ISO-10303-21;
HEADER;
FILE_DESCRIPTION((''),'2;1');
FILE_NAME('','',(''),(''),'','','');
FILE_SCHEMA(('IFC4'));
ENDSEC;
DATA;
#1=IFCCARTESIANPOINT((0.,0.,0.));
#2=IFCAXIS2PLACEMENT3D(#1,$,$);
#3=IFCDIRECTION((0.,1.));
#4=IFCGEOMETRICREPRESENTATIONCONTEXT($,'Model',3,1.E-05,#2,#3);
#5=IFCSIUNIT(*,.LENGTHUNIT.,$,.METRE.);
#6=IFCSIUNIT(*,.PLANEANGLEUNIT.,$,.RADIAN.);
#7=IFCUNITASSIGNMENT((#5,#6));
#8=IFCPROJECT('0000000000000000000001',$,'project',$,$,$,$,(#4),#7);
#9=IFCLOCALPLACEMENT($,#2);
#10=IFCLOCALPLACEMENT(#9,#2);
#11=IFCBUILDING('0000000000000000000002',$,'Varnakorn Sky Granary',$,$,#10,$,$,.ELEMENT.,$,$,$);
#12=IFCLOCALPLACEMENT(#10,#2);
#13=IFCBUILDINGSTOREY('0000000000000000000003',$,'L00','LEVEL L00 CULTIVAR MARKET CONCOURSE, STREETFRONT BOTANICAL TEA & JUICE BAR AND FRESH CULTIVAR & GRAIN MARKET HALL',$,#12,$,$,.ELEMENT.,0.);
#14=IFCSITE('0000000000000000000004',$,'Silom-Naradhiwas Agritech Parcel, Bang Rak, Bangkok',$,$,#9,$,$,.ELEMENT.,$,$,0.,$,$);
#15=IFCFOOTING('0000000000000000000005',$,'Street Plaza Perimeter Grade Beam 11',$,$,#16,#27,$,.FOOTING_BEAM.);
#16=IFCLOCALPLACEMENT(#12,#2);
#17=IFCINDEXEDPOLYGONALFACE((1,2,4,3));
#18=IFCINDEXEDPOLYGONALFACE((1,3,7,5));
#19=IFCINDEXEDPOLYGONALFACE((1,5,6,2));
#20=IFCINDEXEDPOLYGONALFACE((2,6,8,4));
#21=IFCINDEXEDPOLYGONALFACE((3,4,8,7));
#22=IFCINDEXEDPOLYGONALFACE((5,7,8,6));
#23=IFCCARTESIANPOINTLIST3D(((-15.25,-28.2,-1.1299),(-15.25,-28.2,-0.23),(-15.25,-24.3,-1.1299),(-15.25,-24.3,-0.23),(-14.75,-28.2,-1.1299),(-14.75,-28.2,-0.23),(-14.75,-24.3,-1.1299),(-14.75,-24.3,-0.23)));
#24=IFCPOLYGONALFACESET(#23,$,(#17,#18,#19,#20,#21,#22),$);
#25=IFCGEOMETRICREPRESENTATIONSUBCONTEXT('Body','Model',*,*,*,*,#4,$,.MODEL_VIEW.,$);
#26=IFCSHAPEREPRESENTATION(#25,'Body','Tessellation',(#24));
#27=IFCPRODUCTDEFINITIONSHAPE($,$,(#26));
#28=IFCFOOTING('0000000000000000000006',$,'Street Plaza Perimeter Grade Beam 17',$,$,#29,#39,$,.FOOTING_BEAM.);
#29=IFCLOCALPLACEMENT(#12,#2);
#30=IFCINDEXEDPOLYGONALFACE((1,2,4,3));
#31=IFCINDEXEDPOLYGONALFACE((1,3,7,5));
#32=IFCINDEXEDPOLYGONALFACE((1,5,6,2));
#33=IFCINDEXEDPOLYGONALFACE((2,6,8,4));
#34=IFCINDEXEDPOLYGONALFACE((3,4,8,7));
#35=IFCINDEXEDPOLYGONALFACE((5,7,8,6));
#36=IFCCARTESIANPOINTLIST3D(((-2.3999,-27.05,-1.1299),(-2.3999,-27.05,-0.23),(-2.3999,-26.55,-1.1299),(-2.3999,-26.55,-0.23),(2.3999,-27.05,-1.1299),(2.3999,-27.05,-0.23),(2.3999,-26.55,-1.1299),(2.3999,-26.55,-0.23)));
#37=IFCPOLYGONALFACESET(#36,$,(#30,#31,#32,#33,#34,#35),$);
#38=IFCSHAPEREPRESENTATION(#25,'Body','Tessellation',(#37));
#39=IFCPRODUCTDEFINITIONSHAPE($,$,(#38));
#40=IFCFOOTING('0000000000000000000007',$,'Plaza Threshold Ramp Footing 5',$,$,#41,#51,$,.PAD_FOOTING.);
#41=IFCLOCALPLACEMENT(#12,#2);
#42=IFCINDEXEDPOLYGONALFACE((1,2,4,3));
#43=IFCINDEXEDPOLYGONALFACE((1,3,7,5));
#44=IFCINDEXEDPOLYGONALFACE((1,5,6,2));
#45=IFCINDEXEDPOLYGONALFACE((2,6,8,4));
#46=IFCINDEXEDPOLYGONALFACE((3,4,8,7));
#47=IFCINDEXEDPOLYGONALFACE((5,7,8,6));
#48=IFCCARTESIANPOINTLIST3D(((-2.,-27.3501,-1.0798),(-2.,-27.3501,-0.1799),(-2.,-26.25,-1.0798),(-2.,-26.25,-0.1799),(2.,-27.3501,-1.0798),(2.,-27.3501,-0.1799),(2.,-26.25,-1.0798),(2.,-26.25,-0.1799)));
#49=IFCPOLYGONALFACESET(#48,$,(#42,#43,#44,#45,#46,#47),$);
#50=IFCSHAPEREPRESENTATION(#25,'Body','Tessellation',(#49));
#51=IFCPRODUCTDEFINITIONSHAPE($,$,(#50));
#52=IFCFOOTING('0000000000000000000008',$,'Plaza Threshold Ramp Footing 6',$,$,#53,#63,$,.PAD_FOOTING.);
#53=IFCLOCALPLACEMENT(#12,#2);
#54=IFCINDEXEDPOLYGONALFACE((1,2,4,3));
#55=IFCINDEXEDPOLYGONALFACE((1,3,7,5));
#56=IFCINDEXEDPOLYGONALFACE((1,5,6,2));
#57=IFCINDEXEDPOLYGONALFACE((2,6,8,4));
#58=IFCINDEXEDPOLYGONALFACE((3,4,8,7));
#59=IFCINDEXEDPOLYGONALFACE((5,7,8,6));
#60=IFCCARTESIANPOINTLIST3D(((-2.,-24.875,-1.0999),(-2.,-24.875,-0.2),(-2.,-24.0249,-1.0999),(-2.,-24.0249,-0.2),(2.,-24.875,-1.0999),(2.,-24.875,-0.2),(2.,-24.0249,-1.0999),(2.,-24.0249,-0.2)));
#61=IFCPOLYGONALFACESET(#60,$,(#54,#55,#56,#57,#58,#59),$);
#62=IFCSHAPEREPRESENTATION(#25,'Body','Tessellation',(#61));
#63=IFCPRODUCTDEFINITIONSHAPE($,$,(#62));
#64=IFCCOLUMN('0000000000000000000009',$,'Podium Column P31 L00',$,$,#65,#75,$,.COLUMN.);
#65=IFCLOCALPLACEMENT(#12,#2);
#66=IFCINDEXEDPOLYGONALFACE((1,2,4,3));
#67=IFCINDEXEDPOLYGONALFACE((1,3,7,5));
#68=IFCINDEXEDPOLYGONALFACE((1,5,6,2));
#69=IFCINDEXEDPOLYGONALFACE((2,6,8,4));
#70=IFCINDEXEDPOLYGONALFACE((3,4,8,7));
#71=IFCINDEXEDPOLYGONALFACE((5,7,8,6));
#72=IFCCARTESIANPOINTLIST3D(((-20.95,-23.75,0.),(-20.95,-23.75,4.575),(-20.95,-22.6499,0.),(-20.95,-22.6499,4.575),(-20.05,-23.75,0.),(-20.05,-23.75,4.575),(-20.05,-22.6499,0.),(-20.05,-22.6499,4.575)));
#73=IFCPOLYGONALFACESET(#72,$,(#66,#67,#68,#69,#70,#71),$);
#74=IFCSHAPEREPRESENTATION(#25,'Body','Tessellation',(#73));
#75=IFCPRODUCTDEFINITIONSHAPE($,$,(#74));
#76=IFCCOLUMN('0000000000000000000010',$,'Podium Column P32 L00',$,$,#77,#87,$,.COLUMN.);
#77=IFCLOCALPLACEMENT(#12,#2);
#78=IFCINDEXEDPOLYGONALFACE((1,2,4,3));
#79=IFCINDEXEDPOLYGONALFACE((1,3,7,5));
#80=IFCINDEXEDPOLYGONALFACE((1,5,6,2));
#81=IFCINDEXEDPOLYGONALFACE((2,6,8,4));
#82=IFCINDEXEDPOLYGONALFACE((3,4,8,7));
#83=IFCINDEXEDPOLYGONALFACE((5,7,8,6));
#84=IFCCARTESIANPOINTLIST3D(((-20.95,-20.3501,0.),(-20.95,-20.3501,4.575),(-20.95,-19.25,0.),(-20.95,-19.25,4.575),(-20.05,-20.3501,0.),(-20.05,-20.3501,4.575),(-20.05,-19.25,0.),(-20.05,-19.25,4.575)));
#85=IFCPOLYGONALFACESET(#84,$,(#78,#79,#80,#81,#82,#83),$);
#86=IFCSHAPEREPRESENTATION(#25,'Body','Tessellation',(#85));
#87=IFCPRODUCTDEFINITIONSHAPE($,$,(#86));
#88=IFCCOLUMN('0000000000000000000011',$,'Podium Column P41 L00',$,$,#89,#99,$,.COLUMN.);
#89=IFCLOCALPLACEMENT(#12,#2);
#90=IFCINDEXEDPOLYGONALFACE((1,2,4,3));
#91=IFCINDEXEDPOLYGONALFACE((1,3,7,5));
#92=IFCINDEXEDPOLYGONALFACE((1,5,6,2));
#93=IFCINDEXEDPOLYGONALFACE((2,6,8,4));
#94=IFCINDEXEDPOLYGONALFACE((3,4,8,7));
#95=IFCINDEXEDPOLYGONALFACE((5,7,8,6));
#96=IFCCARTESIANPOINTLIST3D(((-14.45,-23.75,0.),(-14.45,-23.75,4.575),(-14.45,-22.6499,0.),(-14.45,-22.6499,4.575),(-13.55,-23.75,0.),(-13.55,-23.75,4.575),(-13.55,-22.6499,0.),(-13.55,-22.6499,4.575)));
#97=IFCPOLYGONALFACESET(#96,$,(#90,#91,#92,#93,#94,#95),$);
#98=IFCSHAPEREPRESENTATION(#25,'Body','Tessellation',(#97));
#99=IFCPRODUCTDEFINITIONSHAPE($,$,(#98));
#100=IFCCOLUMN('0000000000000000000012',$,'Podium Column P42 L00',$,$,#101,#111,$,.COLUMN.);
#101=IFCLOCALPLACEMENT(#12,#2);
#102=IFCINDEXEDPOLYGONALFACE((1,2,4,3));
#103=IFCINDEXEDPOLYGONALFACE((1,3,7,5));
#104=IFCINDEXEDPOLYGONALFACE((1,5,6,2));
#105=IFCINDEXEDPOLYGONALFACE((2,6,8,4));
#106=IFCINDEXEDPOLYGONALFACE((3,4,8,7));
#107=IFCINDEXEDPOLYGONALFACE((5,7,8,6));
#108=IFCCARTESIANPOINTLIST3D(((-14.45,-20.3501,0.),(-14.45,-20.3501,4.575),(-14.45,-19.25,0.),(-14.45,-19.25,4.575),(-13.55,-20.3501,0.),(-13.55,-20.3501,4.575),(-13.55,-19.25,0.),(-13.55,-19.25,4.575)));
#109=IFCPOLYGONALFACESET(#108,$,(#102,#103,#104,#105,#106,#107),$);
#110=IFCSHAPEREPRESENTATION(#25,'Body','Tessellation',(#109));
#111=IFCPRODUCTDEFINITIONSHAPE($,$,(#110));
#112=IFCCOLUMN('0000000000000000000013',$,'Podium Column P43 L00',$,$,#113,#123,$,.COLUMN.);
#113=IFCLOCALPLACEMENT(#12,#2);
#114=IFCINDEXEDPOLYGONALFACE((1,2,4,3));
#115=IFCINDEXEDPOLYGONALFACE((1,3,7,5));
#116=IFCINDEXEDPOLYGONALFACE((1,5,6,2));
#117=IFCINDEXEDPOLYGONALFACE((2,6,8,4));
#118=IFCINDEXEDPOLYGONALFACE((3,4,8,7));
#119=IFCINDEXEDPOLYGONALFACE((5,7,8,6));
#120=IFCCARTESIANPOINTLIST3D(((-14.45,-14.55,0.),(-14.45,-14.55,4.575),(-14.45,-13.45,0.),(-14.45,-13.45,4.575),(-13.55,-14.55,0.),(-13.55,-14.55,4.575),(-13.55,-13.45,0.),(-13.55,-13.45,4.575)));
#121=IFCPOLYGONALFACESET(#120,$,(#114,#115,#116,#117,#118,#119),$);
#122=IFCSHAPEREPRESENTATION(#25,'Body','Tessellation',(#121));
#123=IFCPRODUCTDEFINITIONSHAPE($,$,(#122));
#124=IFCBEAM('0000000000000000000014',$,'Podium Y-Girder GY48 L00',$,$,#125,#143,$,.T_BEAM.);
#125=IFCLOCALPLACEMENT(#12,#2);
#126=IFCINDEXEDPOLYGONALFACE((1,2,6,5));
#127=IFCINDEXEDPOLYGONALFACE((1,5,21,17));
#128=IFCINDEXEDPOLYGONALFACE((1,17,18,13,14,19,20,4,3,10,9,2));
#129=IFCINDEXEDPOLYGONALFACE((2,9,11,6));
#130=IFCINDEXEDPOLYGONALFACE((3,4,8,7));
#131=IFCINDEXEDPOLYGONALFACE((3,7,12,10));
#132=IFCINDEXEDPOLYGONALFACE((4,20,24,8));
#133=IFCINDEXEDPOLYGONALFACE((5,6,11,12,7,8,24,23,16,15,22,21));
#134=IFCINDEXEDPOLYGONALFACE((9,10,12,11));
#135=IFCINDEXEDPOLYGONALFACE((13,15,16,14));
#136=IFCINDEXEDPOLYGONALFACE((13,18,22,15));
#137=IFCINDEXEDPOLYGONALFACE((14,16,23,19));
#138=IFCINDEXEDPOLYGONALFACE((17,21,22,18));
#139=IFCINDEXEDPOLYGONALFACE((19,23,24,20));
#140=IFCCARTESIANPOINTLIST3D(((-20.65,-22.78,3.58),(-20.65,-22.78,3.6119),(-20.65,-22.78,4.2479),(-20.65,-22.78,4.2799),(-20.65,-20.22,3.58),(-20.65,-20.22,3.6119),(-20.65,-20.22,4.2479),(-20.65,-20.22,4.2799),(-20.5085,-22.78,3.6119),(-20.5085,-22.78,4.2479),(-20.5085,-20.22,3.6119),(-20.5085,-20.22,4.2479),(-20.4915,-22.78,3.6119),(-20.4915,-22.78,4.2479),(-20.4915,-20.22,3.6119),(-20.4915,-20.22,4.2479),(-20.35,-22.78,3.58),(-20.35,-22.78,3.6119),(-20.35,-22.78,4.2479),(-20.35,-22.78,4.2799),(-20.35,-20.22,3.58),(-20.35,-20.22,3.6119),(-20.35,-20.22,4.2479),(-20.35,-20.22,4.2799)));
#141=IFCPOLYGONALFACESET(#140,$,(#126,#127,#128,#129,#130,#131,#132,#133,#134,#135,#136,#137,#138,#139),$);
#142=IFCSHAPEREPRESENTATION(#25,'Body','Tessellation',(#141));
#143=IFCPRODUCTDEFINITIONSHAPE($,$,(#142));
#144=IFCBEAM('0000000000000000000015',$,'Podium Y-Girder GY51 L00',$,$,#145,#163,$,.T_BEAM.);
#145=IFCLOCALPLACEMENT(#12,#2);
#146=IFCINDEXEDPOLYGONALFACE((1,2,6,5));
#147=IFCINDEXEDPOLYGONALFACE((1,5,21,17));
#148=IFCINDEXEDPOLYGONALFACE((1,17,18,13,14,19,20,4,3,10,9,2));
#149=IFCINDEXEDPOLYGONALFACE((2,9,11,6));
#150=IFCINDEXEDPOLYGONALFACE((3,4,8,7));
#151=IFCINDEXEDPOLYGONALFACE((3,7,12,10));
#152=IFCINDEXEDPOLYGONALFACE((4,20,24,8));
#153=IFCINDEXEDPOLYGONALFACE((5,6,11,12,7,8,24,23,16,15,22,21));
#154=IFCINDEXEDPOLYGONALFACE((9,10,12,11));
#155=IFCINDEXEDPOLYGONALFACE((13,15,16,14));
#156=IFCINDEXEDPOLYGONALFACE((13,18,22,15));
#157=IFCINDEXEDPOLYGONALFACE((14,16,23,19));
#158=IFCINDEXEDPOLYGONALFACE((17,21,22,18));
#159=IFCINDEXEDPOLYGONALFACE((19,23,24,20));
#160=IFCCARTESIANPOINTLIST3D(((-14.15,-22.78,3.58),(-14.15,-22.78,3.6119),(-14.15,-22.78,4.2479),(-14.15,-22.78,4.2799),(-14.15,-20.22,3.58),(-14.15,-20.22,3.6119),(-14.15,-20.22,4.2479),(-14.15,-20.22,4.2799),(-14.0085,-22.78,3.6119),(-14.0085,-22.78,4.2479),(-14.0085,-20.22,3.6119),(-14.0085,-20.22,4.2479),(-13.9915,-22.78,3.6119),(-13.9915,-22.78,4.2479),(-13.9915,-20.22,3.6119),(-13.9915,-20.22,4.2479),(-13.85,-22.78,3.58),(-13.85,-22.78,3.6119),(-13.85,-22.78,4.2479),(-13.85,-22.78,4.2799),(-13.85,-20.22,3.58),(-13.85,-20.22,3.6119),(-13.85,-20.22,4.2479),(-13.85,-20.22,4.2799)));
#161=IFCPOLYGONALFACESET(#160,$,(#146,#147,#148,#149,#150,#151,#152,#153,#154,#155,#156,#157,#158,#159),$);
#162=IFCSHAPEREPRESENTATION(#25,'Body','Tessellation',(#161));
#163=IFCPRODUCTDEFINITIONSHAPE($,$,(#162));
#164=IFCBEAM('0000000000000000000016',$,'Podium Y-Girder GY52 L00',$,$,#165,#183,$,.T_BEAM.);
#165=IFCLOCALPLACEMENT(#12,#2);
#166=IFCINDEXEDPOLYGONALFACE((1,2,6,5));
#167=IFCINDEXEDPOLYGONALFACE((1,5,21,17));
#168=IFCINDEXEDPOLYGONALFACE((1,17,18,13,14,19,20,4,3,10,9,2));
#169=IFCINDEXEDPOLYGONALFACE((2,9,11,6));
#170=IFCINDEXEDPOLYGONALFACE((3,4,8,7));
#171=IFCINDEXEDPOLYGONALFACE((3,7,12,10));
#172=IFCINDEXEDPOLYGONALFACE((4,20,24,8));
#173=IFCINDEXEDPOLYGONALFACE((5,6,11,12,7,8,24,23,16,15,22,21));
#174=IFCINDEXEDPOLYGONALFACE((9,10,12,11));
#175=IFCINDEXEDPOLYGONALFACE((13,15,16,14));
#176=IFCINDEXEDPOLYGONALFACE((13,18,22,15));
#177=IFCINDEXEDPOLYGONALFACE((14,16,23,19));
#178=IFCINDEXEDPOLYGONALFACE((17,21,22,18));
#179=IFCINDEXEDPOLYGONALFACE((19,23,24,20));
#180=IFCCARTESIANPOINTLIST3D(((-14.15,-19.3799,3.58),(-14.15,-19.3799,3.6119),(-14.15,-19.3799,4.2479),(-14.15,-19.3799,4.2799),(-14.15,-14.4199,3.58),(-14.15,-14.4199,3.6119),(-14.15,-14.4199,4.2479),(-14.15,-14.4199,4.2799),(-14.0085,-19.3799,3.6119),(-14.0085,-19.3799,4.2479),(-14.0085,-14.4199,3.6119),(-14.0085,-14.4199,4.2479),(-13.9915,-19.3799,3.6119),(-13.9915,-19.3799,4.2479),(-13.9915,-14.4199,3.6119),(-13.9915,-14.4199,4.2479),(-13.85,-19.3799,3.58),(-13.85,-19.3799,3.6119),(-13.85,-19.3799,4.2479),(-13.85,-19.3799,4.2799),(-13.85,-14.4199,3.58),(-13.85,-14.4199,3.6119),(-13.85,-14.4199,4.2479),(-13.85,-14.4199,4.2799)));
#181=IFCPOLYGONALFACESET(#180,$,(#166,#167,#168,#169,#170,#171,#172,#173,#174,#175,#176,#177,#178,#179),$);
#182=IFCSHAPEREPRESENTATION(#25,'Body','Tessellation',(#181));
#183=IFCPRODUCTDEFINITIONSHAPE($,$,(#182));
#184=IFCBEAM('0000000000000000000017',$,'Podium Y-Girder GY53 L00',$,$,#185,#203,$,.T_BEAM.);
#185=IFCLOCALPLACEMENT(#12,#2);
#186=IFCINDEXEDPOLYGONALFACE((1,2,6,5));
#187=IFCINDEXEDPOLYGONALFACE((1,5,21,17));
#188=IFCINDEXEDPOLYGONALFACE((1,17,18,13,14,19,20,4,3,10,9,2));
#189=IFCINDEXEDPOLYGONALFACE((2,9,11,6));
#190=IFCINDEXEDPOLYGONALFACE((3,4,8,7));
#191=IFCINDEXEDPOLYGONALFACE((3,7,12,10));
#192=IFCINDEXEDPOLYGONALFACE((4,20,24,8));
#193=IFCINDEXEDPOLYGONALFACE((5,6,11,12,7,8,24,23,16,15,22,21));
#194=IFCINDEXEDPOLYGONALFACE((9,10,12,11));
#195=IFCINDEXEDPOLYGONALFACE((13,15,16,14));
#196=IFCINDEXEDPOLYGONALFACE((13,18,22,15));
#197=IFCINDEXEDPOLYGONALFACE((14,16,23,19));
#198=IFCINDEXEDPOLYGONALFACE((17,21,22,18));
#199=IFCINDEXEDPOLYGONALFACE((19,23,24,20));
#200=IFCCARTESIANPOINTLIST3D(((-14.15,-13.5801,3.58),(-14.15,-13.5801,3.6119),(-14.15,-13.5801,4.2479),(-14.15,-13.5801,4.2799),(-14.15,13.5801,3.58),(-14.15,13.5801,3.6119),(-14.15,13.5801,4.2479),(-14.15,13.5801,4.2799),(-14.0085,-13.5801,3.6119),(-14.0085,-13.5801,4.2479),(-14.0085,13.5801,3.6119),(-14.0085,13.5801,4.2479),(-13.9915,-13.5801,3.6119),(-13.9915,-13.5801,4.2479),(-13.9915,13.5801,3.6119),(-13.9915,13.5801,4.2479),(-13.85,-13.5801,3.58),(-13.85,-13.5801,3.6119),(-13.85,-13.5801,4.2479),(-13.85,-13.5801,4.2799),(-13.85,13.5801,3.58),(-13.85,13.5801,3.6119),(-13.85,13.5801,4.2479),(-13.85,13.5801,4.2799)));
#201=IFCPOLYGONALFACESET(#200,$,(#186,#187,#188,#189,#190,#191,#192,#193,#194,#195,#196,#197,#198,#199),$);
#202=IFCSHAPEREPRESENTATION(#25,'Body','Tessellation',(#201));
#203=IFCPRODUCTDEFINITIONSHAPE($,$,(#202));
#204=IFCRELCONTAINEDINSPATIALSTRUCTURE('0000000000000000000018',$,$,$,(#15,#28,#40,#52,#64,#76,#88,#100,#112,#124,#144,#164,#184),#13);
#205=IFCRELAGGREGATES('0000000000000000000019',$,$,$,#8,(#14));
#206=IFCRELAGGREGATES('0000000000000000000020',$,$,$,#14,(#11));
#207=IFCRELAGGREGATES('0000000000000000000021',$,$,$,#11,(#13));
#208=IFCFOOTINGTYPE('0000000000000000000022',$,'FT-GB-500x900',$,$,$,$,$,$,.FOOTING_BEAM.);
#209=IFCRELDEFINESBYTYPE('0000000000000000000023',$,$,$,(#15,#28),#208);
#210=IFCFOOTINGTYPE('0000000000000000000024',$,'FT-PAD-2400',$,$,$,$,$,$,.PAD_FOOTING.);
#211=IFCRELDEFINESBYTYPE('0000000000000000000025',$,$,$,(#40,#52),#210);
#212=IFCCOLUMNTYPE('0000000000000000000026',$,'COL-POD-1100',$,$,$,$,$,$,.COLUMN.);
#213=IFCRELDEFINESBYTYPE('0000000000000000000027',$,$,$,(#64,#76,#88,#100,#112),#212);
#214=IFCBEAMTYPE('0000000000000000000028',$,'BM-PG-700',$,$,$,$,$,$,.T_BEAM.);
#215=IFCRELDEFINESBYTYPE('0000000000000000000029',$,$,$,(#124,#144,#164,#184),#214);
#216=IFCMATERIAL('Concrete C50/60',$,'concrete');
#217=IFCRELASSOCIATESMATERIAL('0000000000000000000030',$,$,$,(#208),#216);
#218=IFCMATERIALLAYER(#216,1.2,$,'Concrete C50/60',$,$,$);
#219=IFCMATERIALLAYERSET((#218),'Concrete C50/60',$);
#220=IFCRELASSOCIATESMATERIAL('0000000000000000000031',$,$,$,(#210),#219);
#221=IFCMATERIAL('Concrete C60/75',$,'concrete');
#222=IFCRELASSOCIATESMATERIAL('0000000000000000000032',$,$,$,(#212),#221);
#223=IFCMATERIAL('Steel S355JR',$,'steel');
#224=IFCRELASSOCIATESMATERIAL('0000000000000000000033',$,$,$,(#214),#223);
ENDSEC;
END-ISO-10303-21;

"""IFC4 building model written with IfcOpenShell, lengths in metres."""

from ifc_helpers import new_model, si_unit, direction, frame, origin, origin_2d, place, context, subcontext, project, spatial, rectangle, i_section, extrude, material, layer, layer_set, material_profile, profile_set, type_object, element, save


model = new_model("IFC4")

# Units and contexts
model_context = context("Model", 3, precision=1e-05, world=origin(), true_north=direction((0.0, 1.0)))
body_context = subcontext(model_context, "Body", "Model", "MODEL_VIEW")
ifc_project = project(units=[si_unit("LENGTHUNIT", "METRE"), si_unit("PLANEANGLEUNIT", "RADIAN")], contexts=[model_context])

# Site, building, storey
site_placement = place(None, origin())
site = spatial("IfcSite", under=ifc_project, at=site_placement, Name="Silom-Naradhiwas Agritech Parcel, Bang Rak, Bangkok", CompositionType="ELEMENT", RefElevation=0.0)
building_placement = place(site_placement, origin())
building = spatial("IfcBuilding", under=site, at=building_placement, Name="Varnakorn Sky Granary", CompositionType="ELEMENT")
storey_placement = place(building_placement, origin())
storey = spatial("IfcBuildingStorey", under=building, at=storey_placement, Name="L00", Description="LEVEL L00 CULTIVAR MARKET CONCOURSE, STREETFRONT BOTANICAL TEA & JUICE BAR AND FRESH CULTIVAR & GRAIN MARKET HALL", CompositionType="ELEMENT", Elevation=0.0)

# Footings
ifc_material_1 = material(Name="Concrete C50/60", Category="concrete")
ifc_material_profile_1 = material_profile(ifc_material_1, rectangle(XDim=0.5, YDim=0.8999, at=origin_2d()), Name="RC 500x900")
ifc_profile_set_1 = profile_set([ifc_material_profile_1], Name="Concrete C50/60")
footing_type_1 = type_object("IfcFootingType", Name="FT-GB-500x900", PredefinedType="FOOTING_BEAM", material=ifc_profile_set_1)
footing_1_placement = place(storey_placement, frame((-15.0, -28.2, -0.6799), z_axis=(0.0, 1.0, 0.0), x_axis=(-1.0, 0.0, 0.0)))
element("IfcFooting", 1, at=footing_1_placement, inside=storey, type_object=footing_type_1, Name="Street Plaza Perimeter Grade Beam 11", PredefinedType="FOOTING_BEAM", context=body_context, shape_type="SweptSolid", body=[
    extrude(rectangle(XDim=0.5, YDim=0.8999, at=origin_2d()), origin(), (0.0, 0.0, 1.0), 3.8999),
])
footing_2_placement = place(storey_placement, frame((-2.3999, -26.8, -0.6799), z_axis=(1.0, 0.0, 0.0), x_axis=(0.0, 1.0, 0.0)))
element("IfcFooting", 2, at=footing_2_placement, inside=storey, type_object=footing_type_1, Name="Street Plaza Perimeter Grade Beam 17", PredefinedType="FOOTING_BEAM", context=body_context, shape_type="SweptSolid", body=[
    extrude(rectangle(XDim=0.5, YDim=0.8999, at=origin_2d()), origin(), (0.0, 0.0, 1.0), 4.7998),
])
ifc_layer_1 = layer(ifc_material_1, 1.2, Name="Concrete C50/60")
ifc_layer_set_1 = layer_set([ifc_layer_1], Name="Concrete C50/60")
footing_type_2 = type_object("IfcFootingType", Name="FT-PAD-2400", PredefinedType="PAD_FOOTING", material=ifc_layer_set_1)
footing_3_placement = place(storey_placement, frame((0.0, -26.8, -1.0798), z_axis=(0.0, 0.0, 1.0), x_axis=(1.0, 0.0, 0.0)))
element("IfcFooting", 3, at=footing_3_placement, inside=storey, type_object=footing_type_2, Name="Plaza Threshold Ramp Footing 5", PredefinedType="PAD_FOOTING", context=body_context, shape_type="SweptSolid", body=[
    extrude(rectangle(XDim=4.0, YDim=1.1001, at=origin_2d()), origin(), (0.0, 0.0, 1.0), 0.8999),
])
footing_4_placement = place(storey_placement, frame((0.0, -24.45, -1.0999), z_axis=(0.0, 0.0, 1.0), x_axis=(1.0, 0.0, 0.0)))
element("IfcFooting", 4, at=footing_4_placement, inside=storey, type_object=footing_type_2, Name="Plaza Threshold Ramp Footing 6", PredefinedType="PAD_FOOTING", context=body_context, shape_type="SweptSolid", body=[
    extrude(rectangle(XDim=4.0, YDim=0.8501, at=origin_2d()), origin(), (0.0, 0.0, 1.0), 0.8999),
])

# Columns
ifc_material_2 = material(Name="Concrete C60/75", Category="concrete")
ifc_material_profile_2 = material_profile(ifc_material_2, rectangle(XDim=0.8999, YDim=1.1001, at=origin_2d()), Name="RC 900x1100")
ifc_profile_set_2 = profile_set([ifc_material_profile_2], Name="Concrete C60/75")
column_type = type_object("IfcColumnType", Name="COL-POD-1100", PredefinedType="COLUMN", material=ifc_profile_set_2)
for number, where, z_axis, x_axis, name in (
    (5, (-20.5, -23.2, 0.0), (0.0, 0.0, 1.0), (1.0, 0.0, 0.0), "Podium Column P31 L00"),
    (6, (-20.5, -19.8, 0.0), (0.0, 0.0, 1.0), (1.0, 0.0, 0.0), "Podium Column P32 L00"),
    (7, (-14.0, -23.2, 0.0), (0.0, 0.0, 1.0), (1.0, 0.0, 0.0), "Podium Column P41 L00"),
    (8, (-14.0, -19.8, 0.0), (0.0, 0.0, 1.0), (1.0, 0.0, 0.0), "Podium Column P42 L00"),
    (9, (-14.0, -14.0, 0.0), (0.0, 0.0, 1.0), (1.0, 0.0, 0.0), "Podium Column P43 L00"),
):
    element("IfcColumn", number, at=place(storey_placement, frame(where, z_axis=z_axis, x_axis=x_axis)), inside=storey, type_object=column_type, Name=name, PredefinedType="COLUMN", context=body_context, shape_type="SweptSolid", body=[
        extrude(rectangle(XDim=0.8999, YDim=1.1001, at=origin_2d()), origin(), (0.0, 0.0, 1.0), 4.575),
    ])

# Beams
ifc_material_3 = material(Name="Steel S355JR", Category="steel")
ifc_material_profile_3 = material_profile(ifc_material_3, i_section(OverallWidth=0.3, OverallDepth=0.7, WebThickness=0.0171, FlangeThickness=0.032, at=origin_2d()), Name="HE 700 B")
ifc_profile_set_3 = profile_set([ifc_material_profile_3], Name="Steel S355JR")
beam_type_1 = type_object("IfcBeamType", Name="BM-PG-700", PredefinedType="T_BEAM", material=ifc_profile_set_3)
for number, where, z_axis, x_axis, name in (
    (10, (-20.5, -22.78, 3.9299), (0.0, 1.0, 0.0), (-1.0, 0.0, 0.0), "Podium Y-Girder GY48 L00"),
    (11, (-14.0, -22.78, 3.9299), (0.0, 1.0, 0.0), (-1.0, 0.0, 0.0), "Podium Y-Girder GY51 L00"),
):
    element("IfcBeam", number, at=place(storey_placement, frame(where, z_axis=z_axis, x_axis=x_axis)), inside=storey, type_object=beam_type_1, Name=name, PredefinedType="T_BEAM", context=body_context, shape_type="SweptSolid", body=[
        extrude(i_section(OverallWidth=0.3, OverallDepth=0.7, WebThickness=0.0171, FlangeThickness=0.032, at=origin_2d()), origin(), (0.0, 0.0, 1.0), 2.5601),
    ])
beam_1_placement = place(storey_placement, frame((-14.0, -19.3799, 3.9299), z_axis=(0.0, 1.0, 0.0), x_axis=(-1.0, 0.0, 0.0)))
element("IfcBeam", 12, at=beam_1_placement, inside=storey, type_object=beam_type_1, Name="Podium Y-Girder GY52 L00", PredefinedType="T_BEAM", context=body_context, shape_type="SweptSolid", body=[
    extrude(i_section(OverallWidth=0.3, OverallDepth=0.7, WebThickness=0.0171, FlangeThickness=0.032, at=origin_2d()), origin(), (0.0, 0.0, 1.0), 4.96),
])
beam_2_placement = place(storey_placement, frame((-14.0, -13.5801, 3.9299), z_axis=(0.0, 1.0, 0.0), x_axis=(-1.0, 0.0, 0.0)))
element("IfcBeam", 13, at=beam_2_placement, inside=storey, type_object=beam_type_1, Name="Podium Y-Girder GY53 L00", PredefinedType="T_BEAM", context=body_context, shape_type="SweptSolid", body=[
    extrude(i_section(OverallWidth=0.3, OverallDepth=0.7, WebThickness=0.0171, FlangeThickness=0.032, at=origin_2d()), origin(), (0.0, 0.0, 1.0), 27.1602),
])

save(model, "model.ifc")
